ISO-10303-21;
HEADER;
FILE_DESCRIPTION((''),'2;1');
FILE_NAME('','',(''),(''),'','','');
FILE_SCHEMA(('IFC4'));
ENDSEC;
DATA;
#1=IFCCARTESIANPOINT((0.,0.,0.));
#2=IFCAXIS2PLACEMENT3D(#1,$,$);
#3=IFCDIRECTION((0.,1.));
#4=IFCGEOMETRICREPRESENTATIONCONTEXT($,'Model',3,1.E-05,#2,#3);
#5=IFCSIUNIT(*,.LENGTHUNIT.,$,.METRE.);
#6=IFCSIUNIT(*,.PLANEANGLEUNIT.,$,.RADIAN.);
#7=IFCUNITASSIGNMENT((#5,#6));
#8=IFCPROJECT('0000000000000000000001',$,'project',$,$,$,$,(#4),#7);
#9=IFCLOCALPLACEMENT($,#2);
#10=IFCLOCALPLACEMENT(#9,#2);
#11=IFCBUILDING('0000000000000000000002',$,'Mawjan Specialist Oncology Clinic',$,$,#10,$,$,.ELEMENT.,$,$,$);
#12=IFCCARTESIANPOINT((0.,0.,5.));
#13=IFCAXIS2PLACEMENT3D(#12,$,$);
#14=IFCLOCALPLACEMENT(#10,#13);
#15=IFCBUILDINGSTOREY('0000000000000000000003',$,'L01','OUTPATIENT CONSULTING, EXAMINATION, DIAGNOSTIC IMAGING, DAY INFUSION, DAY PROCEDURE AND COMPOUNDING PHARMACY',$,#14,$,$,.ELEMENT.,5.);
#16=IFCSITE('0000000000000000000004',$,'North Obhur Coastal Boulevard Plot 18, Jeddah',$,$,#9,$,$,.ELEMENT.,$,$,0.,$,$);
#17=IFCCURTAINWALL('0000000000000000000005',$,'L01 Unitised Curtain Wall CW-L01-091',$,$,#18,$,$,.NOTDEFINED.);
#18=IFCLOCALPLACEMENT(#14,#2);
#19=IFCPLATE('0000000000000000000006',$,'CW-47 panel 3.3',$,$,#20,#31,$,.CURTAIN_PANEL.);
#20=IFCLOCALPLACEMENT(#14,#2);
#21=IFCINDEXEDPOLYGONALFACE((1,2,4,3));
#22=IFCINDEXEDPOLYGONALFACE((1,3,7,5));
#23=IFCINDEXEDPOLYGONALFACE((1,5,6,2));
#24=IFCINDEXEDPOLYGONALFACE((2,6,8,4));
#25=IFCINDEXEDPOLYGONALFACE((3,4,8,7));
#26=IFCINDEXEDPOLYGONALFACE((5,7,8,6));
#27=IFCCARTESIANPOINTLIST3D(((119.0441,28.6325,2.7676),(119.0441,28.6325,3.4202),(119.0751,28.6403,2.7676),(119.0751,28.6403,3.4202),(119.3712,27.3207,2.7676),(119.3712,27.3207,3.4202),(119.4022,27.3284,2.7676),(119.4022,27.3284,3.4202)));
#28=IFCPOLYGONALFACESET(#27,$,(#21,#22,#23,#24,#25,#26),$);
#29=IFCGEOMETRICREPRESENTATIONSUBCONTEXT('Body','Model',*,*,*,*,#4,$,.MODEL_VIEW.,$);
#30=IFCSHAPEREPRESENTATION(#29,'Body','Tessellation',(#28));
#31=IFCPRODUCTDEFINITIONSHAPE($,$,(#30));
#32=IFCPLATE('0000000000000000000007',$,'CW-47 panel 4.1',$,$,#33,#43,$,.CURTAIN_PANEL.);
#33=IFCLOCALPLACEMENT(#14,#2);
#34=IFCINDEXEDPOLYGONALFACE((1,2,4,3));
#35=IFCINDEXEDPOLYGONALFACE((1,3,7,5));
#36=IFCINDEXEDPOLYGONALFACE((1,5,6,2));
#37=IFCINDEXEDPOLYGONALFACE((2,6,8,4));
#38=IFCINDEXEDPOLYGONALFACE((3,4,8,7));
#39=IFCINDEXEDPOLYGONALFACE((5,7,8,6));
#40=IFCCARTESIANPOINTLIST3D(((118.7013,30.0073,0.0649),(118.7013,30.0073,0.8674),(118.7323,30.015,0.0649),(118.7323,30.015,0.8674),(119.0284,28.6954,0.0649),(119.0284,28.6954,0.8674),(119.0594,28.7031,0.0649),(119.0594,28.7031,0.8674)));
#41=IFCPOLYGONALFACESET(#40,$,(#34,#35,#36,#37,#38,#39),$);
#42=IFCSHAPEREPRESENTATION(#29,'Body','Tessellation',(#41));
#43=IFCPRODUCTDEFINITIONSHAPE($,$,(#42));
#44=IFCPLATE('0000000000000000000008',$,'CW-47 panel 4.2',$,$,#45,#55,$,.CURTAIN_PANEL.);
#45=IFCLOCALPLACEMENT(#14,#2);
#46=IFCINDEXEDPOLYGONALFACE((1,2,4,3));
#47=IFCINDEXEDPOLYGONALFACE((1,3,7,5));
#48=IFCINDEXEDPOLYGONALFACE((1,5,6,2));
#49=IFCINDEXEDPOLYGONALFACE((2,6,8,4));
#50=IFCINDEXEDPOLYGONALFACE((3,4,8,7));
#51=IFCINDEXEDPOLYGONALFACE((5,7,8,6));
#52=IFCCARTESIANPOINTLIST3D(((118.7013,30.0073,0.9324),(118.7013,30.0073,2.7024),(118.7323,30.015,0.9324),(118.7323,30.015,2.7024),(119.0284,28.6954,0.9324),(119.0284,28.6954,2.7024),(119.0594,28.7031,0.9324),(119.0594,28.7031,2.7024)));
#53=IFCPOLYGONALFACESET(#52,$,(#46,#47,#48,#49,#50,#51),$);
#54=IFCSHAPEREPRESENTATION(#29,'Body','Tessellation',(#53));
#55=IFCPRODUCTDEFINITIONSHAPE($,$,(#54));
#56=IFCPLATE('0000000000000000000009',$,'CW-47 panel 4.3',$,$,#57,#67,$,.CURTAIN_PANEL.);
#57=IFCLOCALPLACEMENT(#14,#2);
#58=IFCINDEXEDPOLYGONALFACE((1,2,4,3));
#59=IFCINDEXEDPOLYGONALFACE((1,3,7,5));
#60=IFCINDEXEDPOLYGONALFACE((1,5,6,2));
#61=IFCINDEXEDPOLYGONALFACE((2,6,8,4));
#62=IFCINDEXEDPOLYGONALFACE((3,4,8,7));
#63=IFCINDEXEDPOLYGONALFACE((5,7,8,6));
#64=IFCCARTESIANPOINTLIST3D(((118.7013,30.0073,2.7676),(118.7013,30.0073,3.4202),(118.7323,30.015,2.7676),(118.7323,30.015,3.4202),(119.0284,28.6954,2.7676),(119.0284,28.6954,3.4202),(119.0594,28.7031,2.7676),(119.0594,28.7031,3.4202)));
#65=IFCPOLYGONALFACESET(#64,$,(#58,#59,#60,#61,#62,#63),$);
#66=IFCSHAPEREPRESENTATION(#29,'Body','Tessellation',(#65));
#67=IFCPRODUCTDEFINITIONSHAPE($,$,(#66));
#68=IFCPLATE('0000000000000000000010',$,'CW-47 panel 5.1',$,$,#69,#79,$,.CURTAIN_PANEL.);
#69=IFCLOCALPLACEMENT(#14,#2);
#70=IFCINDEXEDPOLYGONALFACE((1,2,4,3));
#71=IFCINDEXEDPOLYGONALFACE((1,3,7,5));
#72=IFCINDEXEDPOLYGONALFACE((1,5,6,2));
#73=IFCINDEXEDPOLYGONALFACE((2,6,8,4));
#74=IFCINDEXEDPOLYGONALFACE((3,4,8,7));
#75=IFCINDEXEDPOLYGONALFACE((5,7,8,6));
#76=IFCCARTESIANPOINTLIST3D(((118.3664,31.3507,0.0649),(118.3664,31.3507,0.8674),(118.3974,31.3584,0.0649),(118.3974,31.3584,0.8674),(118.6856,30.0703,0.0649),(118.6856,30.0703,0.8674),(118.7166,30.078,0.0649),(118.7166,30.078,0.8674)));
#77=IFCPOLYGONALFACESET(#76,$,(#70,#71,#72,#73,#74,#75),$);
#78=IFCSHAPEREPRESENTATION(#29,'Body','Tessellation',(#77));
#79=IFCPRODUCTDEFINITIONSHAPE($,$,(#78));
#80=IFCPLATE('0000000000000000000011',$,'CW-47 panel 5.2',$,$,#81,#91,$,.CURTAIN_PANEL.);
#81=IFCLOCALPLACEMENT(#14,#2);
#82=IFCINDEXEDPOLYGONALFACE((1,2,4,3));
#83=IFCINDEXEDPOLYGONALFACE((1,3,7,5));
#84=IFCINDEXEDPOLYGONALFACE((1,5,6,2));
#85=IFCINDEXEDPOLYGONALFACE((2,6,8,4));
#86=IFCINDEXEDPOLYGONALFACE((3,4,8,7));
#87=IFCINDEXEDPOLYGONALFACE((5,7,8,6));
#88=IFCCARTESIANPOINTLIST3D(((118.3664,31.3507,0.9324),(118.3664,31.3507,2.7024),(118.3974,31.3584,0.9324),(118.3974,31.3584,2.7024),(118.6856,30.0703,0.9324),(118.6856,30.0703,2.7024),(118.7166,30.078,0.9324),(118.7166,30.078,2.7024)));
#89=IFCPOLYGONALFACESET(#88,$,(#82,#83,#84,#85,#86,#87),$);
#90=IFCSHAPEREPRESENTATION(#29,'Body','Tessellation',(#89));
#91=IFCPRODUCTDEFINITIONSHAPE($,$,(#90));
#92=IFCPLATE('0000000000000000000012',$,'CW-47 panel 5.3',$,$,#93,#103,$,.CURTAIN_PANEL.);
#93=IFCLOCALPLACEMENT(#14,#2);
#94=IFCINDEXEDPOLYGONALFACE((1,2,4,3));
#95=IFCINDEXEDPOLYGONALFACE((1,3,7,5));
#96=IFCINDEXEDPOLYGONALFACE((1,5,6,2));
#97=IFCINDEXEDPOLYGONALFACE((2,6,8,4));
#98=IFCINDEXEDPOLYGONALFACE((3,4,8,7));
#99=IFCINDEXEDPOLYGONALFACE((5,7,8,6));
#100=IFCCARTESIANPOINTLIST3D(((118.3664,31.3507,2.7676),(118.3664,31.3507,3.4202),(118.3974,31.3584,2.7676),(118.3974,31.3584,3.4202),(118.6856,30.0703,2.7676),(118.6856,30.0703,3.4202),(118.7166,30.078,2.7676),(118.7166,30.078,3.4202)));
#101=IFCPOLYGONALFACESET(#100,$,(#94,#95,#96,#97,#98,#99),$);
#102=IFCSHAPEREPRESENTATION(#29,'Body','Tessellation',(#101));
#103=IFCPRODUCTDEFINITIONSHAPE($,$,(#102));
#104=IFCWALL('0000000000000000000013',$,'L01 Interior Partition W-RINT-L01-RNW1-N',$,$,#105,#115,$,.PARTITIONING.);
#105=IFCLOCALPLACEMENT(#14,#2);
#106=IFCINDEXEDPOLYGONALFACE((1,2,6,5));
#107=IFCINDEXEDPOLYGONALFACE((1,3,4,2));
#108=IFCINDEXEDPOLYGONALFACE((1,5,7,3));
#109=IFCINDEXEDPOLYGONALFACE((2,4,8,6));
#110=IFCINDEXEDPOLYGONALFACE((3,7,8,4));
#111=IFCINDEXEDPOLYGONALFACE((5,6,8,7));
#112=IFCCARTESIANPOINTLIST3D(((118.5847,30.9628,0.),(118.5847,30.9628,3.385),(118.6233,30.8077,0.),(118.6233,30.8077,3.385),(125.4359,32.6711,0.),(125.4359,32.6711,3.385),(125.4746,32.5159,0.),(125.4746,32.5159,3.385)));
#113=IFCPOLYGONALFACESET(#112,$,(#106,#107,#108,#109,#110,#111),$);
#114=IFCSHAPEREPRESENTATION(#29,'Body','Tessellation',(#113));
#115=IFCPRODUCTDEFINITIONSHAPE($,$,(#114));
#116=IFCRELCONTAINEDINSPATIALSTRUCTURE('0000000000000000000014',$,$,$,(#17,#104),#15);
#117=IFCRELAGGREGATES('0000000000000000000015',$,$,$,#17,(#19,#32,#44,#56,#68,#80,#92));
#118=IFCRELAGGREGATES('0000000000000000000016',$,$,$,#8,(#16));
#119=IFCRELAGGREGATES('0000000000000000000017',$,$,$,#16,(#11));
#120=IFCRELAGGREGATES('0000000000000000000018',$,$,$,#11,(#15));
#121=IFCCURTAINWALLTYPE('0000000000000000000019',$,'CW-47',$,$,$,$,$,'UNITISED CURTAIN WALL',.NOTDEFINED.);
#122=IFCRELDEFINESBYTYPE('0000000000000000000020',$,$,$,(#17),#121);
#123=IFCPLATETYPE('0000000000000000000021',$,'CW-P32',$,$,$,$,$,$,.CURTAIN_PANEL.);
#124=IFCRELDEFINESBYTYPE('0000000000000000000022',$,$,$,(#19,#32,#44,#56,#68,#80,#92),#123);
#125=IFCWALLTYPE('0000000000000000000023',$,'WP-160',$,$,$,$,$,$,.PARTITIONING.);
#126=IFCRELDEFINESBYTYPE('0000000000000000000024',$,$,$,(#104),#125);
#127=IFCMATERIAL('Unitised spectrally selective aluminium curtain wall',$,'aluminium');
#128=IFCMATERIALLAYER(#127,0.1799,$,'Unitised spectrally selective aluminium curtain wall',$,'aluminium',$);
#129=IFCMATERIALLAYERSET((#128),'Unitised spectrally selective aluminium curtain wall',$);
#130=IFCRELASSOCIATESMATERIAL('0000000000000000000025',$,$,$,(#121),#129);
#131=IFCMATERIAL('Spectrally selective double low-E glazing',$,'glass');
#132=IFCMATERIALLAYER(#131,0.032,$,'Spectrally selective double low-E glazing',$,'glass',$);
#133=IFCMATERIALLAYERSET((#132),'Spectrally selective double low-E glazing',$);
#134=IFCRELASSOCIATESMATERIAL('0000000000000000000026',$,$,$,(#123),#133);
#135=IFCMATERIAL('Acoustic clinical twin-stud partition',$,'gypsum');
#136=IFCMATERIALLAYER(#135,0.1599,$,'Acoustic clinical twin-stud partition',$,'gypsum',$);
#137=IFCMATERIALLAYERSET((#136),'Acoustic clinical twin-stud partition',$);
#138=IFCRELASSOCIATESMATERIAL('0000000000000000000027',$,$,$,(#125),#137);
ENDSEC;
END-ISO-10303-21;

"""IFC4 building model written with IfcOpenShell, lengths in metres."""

from ifc_helpers import new_model, si_unit, direction, frame, frame_2d, origin, origin_2d, place, context, subcontext, project, spatial, rectangle, extrude, material, layer, layer_set, type_object, element, aggregate, save


model = new_model("IFC4")

# Units and contexts
model_context = context("Model", 3, precision=1e-05, world=origin(), true_north=direction((0.0, 1.0)))
body_context = subcontext(model_context, "Body", "Model", "MODEL_VIEW")
ifc_project = project(units=[si_unit("LENGTHUNIT", "METRE"), si_unit("PLANEANGLEUNIT", "RADIAN")], contexts=[model_context])

# Site, building, storey
site_placement = place(None, origin())
site = spatial("IfcSite", under=ifc_project, at=site_placement, Name="North Obhur Coastal Boulevard Plot 18, Jeddah", CompositionType="ELEMENT", RefElevation=0.0)
building_placement = place(site_placement, origin())
building = spatial("IfcBuilding", under=site, at=building_placement, Name="Mawjan Specialist Oncology Clinic", CompositionType="ELEMENT")
storey_placement = place(building_placement, frame((0.0, 0.0, 5.0)))
storey = spatial("IfcBuildingStorey", under=building, at=storey_placement, Name="L01", Description="OUTPATIENT CONSULTING, EXAMINATION, DIAGNOSTIC IMAGING, DAY INFUSION, DAY PROCEDURE AND COMPOUNDING PHARMACY", CompositionType="ELEMENT", Elevation=5.0)

# Curtain wall, plates
ifc_material_1 = material(Name="Unitised spectrally selective aluminium curtain wall", Category="aluminium")
ifc_layer_1 = layer(ifc_material_1, 0.1799, Name="Unitised spectrally selective aluminium curtain wall", Category="aluminium")
ifc_layer_set_1 = layer_set([ifc_layer_1], Name="Unitised spectrally selective aluminium curtain wall")
curtain_wall_type = type_object("IfcCurtainWallType", Name="CW-47", ElementType="UNITISED CURTAIN WALL", PredefinedType="NOTDEFINED", material=ifc_layer_set_1)
curtain_wall_placement = place(storey_placement, origin())
curtain_wall = element("IfcCurtainWall", 1, at=curtain_wall_placement, inside=storey, type_object=curtain_wall_type, Name="L01 Unitised Curtain Wall CW-L01-091", PredefinedType="NOTDEFINED")
ifc_material_2 = material(Name="Spectrally selective double low-E glazing", Category="glass")
ifc_layer_2 = layer(ifc_material_2, 0.032, Name="Spectrally selective double low-E glazing", Category="glass")
ifc_layer_set_2 = layer_set([ifc_layer_2], Name="Spectrally selective double low-E glazing")
plate_type = type_object("IfcPlateType", Name="CW-P32", PredefinedType="CURTAIN_PANEL", material=ifc_layer_set_2)
plate_1_placement = place(storey_placement, frame((119.2231, 27.9805, 2.7676), z_axis=(0.0, 0.0, 1.0), x_axis=(-0.241922, 0.970296, 0.0)))
plate_1 = element("IfcPlate", 2, at=plate_1_placement, type_object=plate_type, Name="CW-47 panel 3.3", PredefinedType="CURTAIN_PANEL", context=body_context, shape_type="SweptSolid", body=[
    extrude(rectangle(XDim=1.3521, YDim=0.032, at=origin_2d()), origin(), (0.0, 0.0, 1.0), 0.6526),
])
plate_2_placement = place(storey_placement, frame((118.8804, 29.3552, 0.0649), z_axis=(0.0, 0.0, 1.0), x_axis=(-0.241922, 0.970296, 0.0)))
plate_2 = element("IfcPlate", 3, at=plate_2_placement, type_object=plate_type, Name="CW-47 panel 4.1", PredefinedType="CURTAIN_PANEL", context=body_context, shape_type="SweptSolid", body=[
    extrude(rectangle(XDim=1.3521, YDim=0.032, at=origin_2d()), origin(), (0.0, 0.0, 1.0), 0.8025),
])
plate_3_placement = place(storey_placement, frame((118.8804, 29.3552, 0.9324), z_axis=(0.0, 0.0, 1.0), x_axis=(-0.241922, 0.970296, 0.0)))
plate_3 = element("IfcPlate", 4, at=plate_3_placement, type_object=plate_type, Name="CW-47 panel 4.2", PredefinedType="CURTAIN_PANEL", context=body_context, shape_type="SweptSolid", body=[
    extrude(rectangle(XDim=1.3521, YDim=0.032, at=origin_2d()), origin(), (0.0, 0.0, 1.0), 1.77),
])
plate_4_placement = place(storey_placement, frame((118.8804, 29.3552, 2.7676), z_axis=(0.0, 0.0, 1.0), x_axis=(-0.241922, 0.970296, 0.0)))
plate_4 = element("IfcPlate", 5, at=plate_4_placement, type_object=plate_type, Name="CW-47 panel 4.3", PredefinedType="CURTAIN_PANEL", context=body_context, shape_type="SweptSolid", body=[
    extrude(rectangle(XDim=1.3521, YDim=0.032, at=origin_2d()), origin(), (0.0, 0.0, 1.0), 0.6526),
])
plate_5_placement = place(storey_placement, frame((118.5415, 30.7144, 0.0649), z_axis=(0.0, 0.0, 1.0), x_axis=(-0.241922, 0.970296, 0.0)))
plate_5 = element("IfcPlate", 6, at=plate_5_placement, type_object=plate_type, Name="CW-47 panel 5.1", PredefinedType="CURTAIN_PANEL", context=body_context, shape_type="SweptSolid", body=[
    extrude(rectangle(XDim=1.3196, YDim=0.032, at=origin_2d()), origin(), (0.0, 0.0, 1.0), 0.8025),
])
plate_6_placement = place(storey_placement, frame((118.5415, 30.7144, 0.9324), z_axis=(0.0, 0.0, 1.0), x_axis=(-0.241922, 0.970296, 0.0)))
plate_6 = element("IfcPlate", 7, at=plate_6_placement, type_object=plate_type, Name="CW-47 panel 5.2", PredefinedType="CURTAIN_PANEL", context=body_context, shape_type="SweptSolid", body=[
    extrude(rectangle(XDim=1.3196, YDim=0.032, at=origin_2d()), origin(), (0.0, 0.0, 1.0), 1.77),
])
plate_7_placement = place(storey_placement, frame((118.5415, 30.7144, 2.7676), z_axis=(0.0, 0.0, 1.0), x_axis=(-0.241922, 0.970296, 0.0)))
plate_7 = element("IfcPlate", 8, at=plate_7_placement, type_object=plate_type, Name="CW-47 panel 5.3", PredefinedType="CURTAIN_PANEL", context=body_context, shape_type="SweptSolid", body=[
    extrude(rectangle(XDim=1.3196, YDim=0.032, at=origin_2d()), origin(), (0.0, 0.0, 1.0), 0.6526),
])
aggregate(curtain_wall, [plate_1, plate_2, plate_3, plate_4, plate_5, plate_6, plate_7])

# Wall
ifc_material_3 = material(Name="Acoustic clinical twin-stud partition", Category="gypsum")
ifc_layer_3 = layer(ifc_material_3, 0.1599, Name="Acoustic clinical twin-stud partition", Category="gypsum")
ifc_layer_set_3 = layer_set([ifc_layer_3], Name="Acoustic clinical twin-stud partition")
wall_type = type_object("IfcWallType", Name="WP-160", PredefinedType="PARTITIONING", material=ifc_layer_set_3)
wall_placement = place(storey_placement, frame((118.604, 30.8853, 0.0), z_axis=(0.0, 0.0, 1.0), x_axis=(0.970295, 0.241925, 0.0)))
element("IfcWall", 9, at=wall_placement, inside=storey, type_object=wall_type, Name="L01 Interior Partition W-RINT-L01-RNW1-N", PredefinedType="PARTITIONING", context=body_context, shape_type="SweptSolid", body=[
    extrude(rectangle(XDim=7.061, YDim=0.1599, at=frame_2d((3.5305, 0.0))), origin(), (0.0, 0.0, 1.0), 3.385),
])

save(model, "model.ifc")
